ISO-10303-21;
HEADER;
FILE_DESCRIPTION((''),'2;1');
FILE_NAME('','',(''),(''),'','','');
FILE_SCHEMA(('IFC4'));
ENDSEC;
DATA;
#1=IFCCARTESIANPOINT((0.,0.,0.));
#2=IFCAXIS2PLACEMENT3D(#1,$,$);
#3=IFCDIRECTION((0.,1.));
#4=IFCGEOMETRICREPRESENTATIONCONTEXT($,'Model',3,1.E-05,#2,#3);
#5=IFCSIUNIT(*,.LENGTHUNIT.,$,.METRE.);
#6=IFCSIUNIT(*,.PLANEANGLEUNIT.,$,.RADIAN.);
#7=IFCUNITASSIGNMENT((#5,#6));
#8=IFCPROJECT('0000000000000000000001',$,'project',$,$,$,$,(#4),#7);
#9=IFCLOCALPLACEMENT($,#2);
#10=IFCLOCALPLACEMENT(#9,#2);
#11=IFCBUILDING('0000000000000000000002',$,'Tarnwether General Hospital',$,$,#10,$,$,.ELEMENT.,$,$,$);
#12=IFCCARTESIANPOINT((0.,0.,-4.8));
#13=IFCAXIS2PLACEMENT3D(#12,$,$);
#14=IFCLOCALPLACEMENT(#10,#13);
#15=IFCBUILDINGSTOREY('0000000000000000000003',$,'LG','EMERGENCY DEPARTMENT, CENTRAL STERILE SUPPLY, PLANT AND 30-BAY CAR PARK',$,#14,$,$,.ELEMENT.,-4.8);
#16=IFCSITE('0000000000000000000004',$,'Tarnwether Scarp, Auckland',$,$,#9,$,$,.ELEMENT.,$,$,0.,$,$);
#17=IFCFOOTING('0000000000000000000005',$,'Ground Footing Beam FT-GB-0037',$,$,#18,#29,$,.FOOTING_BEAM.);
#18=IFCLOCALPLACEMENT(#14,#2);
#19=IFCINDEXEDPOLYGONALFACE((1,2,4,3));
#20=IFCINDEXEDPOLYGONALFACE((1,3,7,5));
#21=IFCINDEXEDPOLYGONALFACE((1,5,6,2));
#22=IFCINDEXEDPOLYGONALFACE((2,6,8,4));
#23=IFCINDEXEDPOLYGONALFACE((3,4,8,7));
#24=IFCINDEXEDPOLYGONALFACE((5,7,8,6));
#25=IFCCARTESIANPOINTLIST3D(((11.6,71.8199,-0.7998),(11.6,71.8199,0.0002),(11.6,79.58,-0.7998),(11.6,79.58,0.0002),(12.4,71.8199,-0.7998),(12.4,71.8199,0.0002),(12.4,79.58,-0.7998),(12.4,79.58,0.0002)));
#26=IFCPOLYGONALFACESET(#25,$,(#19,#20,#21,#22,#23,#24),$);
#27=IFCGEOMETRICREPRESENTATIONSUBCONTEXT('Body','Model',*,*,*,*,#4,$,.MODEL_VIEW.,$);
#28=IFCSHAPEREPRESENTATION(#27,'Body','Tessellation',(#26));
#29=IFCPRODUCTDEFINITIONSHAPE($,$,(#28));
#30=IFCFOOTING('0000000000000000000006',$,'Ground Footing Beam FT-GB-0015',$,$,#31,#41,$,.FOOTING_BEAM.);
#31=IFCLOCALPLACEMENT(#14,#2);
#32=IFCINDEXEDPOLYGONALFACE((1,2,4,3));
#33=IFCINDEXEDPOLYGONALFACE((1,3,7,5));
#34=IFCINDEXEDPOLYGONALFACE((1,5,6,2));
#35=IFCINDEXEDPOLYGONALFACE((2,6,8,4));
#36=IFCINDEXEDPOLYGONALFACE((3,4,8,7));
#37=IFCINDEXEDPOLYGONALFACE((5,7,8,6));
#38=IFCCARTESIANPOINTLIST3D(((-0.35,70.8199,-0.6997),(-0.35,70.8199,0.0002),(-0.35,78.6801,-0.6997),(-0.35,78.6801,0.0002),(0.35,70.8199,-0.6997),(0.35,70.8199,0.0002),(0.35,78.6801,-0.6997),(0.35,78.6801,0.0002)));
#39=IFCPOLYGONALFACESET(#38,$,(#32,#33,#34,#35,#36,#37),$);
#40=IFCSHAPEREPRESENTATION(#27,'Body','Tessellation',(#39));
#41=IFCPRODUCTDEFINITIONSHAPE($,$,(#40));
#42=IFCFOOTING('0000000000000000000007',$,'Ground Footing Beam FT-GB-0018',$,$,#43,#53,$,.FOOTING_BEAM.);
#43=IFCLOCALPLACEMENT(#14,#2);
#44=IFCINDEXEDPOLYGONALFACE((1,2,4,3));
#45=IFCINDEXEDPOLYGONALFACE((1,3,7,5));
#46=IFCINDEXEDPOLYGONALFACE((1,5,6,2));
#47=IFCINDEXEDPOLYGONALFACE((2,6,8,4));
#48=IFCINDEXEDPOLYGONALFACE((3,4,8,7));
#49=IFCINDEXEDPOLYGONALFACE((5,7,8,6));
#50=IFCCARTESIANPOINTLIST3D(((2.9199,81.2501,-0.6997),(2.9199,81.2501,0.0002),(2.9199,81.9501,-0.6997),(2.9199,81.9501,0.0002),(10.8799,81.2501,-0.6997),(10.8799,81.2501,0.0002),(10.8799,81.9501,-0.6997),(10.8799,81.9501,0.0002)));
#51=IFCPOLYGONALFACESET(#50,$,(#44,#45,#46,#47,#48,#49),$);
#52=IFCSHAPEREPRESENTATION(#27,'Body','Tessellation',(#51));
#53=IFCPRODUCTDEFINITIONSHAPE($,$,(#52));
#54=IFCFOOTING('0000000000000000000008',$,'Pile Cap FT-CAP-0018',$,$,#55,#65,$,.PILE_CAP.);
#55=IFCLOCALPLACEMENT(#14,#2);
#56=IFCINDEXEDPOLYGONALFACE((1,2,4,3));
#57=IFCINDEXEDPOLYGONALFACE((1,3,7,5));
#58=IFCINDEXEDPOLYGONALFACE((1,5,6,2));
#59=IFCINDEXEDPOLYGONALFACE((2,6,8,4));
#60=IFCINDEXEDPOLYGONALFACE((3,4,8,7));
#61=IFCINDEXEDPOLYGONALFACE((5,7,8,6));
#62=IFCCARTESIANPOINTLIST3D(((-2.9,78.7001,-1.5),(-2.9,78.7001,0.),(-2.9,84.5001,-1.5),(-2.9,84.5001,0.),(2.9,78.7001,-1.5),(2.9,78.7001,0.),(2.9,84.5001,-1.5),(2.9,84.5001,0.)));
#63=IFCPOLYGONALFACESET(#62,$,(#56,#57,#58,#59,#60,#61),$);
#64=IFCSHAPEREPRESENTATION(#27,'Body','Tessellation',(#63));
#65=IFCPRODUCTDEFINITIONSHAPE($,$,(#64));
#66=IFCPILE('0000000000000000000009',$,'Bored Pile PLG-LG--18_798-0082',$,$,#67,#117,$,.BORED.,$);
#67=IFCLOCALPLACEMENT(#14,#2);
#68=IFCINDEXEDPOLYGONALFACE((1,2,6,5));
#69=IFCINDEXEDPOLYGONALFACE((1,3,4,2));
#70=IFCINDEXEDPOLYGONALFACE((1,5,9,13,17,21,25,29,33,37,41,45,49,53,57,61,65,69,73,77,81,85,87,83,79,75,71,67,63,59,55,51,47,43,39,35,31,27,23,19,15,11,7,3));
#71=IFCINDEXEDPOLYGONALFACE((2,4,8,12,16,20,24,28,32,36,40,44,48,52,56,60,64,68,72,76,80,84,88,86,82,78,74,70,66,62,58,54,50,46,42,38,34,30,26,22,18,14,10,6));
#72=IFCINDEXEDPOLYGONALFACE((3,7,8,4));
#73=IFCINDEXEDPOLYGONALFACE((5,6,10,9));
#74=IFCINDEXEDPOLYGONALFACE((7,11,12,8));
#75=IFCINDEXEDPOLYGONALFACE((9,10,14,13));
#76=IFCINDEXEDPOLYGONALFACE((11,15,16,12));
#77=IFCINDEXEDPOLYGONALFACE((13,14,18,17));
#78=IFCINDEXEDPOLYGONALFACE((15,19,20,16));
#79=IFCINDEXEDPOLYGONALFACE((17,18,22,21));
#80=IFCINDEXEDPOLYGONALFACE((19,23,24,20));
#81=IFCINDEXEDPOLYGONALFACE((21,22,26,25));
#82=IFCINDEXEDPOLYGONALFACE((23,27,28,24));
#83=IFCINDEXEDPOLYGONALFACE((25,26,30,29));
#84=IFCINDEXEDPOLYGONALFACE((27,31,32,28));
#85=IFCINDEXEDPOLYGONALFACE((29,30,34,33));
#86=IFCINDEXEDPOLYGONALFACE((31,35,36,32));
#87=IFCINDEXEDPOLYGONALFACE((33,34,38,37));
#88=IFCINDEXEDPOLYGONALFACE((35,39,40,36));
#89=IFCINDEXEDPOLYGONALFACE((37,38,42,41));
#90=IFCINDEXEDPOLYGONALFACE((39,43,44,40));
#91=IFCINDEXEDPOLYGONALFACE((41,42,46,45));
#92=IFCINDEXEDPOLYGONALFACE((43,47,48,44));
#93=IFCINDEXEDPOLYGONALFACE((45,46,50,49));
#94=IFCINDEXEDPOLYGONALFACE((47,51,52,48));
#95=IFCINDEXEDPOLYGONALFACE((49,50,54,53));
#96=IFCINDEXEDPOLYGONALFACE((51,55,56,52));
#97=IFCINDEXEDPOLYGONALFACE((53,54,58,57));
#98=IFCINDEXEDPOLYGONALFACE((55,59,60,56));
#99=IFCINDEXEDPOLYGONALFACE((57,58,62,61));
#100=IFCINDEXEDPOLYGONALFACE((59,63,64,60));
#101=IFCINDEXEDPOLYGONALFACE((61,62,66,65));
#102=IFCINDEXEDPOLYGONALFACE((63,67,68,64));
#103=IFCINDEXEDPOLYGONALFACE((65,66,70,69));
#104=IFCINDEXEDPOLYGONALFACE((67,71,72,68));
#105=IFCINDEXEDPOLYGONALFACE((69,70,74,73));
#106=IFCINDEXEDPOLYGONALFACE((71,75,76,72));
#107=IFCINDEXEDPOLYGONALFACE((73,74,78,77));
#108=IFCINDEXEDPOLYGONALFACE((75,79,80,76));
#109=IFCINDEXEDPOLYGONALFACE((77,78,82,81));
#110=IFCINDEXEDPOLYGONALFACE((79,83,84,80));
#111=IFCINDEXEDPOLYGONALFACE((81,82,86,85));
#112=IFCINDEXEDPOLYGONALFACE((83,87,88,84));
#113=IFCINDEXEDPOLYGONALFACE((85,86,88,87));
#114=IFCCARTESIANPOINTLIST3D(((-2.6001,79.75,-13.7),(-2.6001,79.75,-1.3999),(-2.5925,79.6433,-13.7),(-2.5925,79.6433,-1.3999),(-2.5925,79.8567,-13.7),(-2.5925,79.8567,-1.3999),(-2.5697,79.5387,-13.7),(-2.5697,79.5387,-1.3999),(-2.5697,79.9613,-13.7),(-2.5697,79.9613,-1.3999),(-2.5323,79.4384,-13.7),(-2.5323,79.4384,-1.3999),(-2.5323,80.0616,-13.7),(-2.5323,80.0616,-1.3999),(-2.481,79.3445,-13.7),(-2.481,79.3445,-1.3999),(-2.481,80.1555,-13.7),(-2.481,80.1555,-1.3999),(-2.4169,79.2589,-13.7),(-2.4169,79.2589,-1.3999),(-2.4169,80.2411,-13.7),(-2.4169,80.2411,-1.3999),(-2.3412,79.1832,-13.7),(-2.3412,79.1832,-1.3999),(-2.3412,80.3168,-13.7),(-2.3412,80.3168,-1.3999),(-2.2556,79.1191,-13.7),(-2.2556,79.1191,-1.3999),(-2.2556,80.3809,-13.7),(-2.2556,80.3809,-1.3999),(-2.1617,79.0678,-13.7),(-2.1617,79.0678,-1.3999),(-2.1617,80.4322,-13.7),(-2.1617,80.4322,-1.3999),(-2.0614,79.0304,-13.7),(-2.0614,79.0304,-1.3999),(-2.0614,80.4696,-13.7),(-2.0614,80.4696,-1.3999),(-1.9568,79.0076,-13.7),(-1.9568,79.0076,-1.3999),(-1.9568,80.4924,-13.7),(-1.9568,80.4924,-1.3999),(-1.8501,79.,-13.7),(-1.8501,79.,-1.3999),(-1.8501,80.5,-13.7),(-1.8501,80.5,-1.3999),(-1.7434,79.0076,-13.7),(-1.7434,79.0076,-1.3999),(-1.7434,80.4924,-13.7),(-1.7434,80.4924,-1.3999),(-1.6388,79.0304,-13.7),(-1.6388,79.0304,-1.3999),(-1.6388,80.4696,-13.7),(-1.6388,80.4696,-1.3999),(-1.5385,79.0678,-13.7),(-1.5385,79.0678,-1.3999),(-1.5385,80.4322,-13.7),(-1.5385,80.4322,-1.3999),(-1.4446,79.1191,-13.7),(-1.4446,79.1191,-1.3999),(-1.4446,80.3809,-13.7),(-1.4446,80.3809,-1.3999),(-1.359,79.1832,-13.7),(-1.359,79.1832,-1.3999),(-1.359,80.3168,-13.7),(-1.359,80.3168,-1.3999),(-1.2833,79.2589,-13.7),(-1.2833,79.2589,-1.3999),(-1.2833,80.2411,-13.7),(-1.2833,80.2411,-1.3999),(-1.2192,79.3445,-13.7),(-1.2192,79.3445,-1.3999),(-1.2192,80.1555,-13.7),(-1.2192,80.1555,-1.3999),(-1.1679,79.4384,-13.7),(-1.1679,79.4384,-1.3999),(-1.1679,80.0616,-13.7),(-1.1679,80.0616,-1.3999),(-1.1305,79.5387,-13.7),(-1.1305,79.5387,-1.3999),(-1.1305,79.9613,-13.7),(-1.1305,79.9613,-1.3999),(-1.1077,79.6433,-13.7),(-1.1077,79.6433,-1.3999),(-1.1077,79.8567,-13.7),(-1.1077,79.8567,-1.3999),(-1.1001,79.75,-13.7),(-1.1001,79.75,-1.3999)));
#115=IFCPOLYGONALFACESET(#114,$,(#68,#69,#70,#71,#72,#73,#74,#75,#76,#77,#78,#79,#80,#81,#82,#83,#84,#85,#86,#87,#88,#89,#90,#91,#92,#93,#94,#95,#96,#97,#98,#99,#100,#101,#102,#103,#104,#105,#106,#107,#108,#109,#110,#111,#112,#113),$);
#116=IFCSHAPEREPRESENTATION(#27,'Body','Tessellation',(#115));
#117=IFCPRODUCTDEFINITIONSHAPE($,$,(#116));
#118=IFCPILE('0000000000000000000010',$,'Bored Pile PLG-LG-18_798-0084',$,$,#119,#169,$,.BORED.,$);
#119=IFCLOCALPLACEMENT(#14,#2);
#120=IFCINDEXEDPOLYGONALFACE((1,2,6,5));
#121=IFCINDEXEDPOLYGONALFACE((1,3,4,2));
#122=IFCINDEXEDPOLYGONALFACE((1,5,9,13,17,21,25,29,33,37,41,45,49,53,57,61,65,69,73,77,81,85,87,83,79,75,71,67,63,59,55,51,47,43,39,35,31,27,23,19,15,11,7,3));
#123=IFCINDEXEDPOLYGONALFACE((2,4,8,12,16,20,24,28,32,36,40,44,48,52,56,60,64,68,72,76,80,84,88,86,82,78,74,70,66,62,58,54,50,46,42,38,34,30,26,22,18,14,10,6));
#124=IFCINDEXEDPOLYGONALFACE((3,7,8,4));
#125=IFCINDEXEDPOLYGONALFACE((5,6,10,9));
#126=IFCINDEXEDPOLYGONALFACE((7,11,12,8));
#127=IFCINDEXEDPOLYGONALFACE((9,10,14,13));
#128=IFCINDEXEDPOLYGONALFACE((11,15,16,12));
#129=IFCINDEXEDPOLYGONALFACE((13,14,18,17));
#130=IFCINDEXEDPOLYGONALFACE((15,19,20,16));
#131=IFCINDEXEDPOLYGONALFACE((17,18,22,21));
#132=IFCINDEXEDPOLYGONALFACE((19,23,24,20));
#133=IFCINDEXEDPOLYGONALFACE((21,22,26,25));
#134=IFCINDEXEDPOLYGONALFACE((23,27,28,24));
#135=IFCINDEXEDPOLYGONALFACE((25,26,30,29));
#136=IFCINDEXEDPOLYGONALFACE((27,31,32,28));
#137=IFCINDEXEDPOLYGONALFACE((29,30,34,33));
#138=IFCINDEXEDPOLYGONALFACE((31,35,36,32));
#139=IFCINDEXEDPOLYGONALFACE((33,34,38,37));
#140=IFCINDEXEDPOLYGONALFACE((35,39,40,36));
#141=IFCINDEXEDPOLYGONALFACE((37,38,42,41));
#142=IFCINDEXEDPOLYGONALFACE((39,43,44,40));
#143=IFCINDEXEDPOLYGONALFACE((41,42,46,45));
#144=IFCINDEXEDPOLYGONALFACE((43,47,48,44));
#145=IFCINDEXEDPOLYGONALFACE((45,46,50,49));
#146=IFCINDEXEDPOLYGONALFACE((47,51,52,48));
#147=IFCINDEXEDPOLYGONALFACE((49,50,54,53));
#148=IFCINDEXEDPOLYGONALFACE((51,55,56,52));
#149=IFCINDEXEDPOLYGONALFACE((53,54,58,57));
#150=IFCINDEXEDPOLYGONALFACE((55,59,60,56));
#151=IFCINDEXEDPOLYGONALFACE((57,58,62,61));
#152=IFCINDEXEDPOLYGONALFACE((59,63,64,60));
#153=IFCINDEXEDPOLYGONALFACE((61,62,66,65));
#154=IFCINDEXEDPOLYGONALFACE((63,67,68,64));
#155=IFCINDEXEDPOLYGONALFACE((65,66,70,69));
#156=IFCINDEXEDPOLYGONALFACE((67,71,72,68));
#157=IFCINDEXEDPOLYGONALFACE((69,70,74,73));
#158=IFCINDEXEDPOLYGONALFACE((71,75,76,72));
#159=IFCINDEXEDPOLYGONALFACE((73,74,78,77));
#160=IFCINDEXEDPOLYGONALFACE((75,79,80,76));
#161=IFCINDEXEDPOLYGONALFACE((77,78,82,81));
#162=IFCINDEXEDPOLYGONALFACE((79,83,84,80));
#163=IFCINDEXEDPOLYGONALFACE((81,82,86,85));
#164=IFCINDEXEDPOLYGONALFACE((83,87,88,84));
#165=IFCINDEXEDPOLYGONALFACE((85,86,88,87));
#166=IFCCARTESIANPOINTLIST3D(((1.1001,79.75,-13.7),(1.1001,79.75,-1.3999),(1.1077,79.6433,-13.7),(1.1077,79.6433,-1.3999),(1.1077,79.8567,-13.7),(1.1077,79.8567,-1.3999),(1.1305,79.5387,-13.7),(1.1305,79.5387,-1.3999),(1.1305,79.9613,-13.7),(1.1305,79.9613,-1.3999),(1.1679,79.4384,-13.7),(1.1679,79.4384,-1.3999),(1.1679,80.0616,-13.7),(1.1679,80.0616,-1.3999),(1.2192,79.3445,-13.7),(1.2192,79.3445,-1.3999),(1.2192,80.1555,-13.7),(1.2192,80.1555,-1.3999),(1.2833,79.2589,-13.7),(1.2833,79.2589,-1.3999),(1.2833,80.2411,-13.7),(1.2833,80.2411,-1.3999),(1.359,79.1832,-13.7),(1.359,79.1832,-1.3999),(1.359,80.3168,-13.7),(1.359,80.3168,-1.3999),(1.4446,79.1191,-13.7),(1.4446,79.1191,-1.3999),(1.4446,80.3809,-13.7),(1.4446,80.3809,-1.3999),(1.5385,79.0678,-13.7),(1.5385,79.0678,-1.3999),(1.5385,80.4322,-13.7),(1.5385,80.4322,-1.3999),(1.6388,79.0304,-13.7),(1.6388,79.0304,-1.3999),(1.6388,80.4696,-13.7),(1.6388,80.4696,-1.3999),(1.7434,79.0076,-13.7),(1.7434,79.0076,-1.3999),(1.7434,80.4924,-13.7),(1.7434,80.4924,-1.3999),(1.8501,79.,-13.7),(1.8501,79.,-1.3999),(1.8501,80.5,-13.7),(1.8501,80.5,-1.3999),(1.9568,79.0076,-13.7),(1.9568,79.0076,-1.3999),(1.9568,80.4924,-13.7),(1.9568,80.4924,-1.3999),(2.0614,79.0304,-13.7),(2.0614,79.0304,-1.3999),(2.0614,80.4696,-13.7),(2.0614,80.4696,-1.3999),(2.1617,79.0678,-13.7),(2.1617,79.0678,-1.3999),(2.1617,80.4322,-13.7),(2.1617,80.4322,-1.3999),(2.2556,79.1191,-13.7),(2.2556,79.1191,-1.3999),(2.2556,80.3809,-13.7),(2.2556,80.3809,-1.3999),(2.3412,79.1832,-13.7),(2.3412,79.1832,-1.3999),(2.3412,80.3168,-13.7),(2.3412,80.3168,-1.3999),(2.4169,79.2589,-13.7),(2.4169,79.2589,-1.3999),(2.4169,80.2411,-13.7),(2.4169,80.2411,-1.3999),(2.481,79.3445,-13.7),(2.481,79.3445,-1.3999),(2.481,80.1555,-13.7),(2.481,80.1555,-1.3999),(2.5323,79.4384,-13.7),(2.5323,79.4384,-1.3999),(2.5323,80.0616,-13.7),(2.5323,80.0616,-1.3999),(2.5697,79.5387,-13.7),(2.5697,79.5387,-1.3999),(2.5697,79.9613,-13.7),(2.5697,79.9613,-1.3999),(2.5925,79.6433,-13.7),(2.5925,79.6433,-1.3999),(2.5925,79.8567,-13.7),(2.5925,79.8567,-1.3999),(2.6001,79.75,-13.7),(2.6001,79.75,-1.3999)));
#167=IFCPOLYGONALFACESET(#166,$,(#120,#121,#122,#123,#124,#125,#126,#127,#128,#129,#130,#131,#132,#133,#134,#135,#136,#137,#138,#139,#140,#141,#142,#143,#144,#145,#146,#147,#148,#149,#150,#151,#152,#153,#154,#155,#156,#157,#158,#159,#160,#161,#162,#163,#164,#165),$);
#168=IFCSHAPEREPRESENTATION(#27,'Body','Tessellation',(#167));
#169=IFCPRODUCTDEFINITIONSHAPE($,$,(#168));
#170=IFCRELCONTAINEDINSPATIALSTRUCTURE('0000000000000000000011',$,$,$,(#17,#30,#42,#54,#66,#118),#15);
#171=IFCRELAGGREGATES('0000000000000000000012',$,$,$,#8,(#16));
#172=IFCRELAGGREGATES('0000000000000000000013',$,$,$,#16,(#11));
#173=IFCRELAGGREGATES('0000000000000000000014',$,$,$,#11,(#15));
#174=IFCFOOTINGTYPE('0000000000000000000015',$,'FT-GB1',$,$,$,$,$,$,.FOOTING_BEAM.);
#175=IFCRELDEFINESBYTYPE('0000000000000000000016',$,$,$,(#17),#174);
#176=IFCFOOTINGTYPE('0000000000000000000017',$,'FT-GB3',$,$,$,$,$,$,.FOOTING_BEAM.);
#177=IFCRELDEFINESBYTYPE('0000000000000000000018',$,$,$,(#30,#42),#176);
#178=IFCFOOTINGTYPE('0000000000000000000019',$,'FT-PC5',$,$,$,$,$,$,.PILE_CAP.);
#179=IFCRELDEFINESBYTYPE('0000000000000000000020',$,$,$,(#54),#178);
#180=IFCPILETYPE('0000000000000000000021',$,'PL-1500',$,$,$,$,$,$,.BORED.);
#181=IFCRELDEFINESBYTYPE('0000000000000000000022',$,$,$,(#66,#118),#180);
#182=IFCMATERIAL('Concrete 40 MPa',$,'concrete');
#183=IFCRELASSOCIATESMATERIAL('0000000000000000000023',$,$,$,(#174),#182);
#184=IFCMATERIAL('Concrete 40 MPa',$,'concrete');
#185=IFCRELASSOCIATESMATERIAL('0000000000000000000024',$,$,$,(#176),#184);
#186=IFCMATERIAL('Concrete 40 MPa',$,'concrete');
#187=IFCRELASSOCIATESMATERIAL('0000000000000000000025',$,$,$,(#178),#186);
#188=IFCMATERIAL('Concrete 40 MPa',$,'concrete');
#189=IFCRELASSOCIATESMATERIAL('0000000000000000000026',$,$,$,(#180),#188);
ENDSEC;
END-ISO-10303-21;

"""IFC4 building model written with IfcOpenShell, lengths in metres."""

from ifc_helpers import new_model, si_unit, direction, frame, origin, origin_2d, place, context, subcontext, project, spatial, rectangle, circle, extrude, material, material_profile, profile_set, type_object, element, save


model = new_model("IFC4")

# Units and contexts
model_context = context("Model", 3, precision=1e-05, world=origin(), true_north=direction((0.0, 1.0)))
body_context = subcontext(model_context, "Body", "Model", "MODEL_VIEW")
ifc_project = project(units=[si_unit("LENGTHUNIT", "METRE"), si_unit("PLANEANGLEUNIT", "RADIAN")], contexts=[model_context])

# Site, building, storey
site_placement = place(None, origin())
site = spatial("IfcSite", under=ifc_project, at=site_placement, Name="Tarnwether Scarp, Auckland", CompositionType="ELEMENT", RefElevation=0.0)
building_placement = place(site_placement, origin())
building = spatial("IfcBuilding", under=site, at=building_placement, Name="Tarnwether General Hospital", CompositionType="ELEMENT")
storey_placement = place(building_placement, frame((0.0, 0.0, -4.8)))
storey = spatial("IfcBuildingStorey", under=building, at=storey_placement, Name="LG", Description="EMERGENCY DEPARTMENT, CENTRAL STERILE SUPPLY, PLANT AND 30-BAY CAR PARK", CompositionType="ELEMENT", Elevation=-4.8)

# Footings
ifc_material_1 = material(Name="Concrete 40 MPa", Category="concrete")
footing_type_1 = type_object("IfcFootingType", Name="FT-GB1", PredefinedType="FOOTING_BEAM", material=ifc_material_1)
footing_1_placement = place(storey_placement, frame((12.0, 75.7, -0.7998), z_axis=(0.0, 0.0, 1.0), x_axis=(0.0, 1.0, 0.0)))
element("IfcFooting", 1, at=footing_1_placement, inside=storey, type_object=footing_type_1, Name="Ground Footing Beam FT-GB-0037", PredefinedType="FOOTING_BEAM", context=body_context, shape_type="SweptSolid", body=[
    extrude(rectangle(XDim=7.76, YDim=0.8, at=origin_2d()), origin(), (0.0, 0.0, 1.0), 0.8),
])
ifc_material_2 = material(Name="Concrete 40 MPa", Category="concrete")
footing_type_2 = type_object("IfcFootingType", Name="FT-GB3", PredefinedType="FOOTING_BEAM", material=ifc_material_2)
footing_2_placement = place(storey_placement, frame((0.0, 74.75, -0.6997), z_axis=(0.0, 0.0, 1.0), x_axis=(0.0, 1.0, 0.0)))
element("IfcFooting", 2, at=footing_2_placement, inside=storey, type_object=footing_type_2, Name="Ground Footing Beam FT-GB-0015", PredefinedType="FOOTING_BEAM", context=body_context, shape_type="SweptSolid", body=[
    extrude(rectangle(XDim=7.8601, YDim=0.7, at=origin_2d()), origin(), (0.0, 0.0, 1.0), 0.7),
])
footing_3_placement = place(storey_placement, frame((6.8999, 81.6001, -0.6997), z_axis=(0.0, 0.0, 1.0), x_axis=(1.0, 0.0, 0.0)))
element("IfcFooting", 3, at=footing_3_placement, inside=storey, type_object=footing_type_2, Name="Ground Footing Beam FT-GB-0018", PredefinedType="FOOTING_BEAM", context=body_context, shape_type="SweptSolid", body=[
    extrude(rectangle(XDim=7.96, YDim=0.7, at=origin_2d()), origin(), (0.0, 0.0, 1.0), 0.7),
])
ifc_material_3 = material(Name="Concrete 40 MPa", Category="concrete")
footing_type_3 = type_object("IfcFootingType", Name="FT-PC5", PredefinedType="PILE_CAP", material=ifc_material_3)
footing_4_placement = place(storey_placement, frame((0.0, 81.6001, -1.5), z_axis=(0.0, 0.0, 1.0), x_axis=(1.0, 0.0, 0.0)))
element("IfcFooting", 4, at=footing_4_placement, inside=storey, type_object=footing_type_3, Name="Pile Cap FT-CAP-0018", PredefinedType="PILE_CAP", context=body_context, shape_type="SweptSolid", body=[
    extrude(rectangle(XDim=5.8, YDim=5.8, at=origin_2d()), origin(), (0.0, 0.0, 1.0), 1.5),
])

# Piles
ifc_material_4 = material(Name="Concrete 40 MPa", Category="concrete")
ifc_material_profile_1 = material_profile(ifc_material_4, circle(Radius=0.75, at=origin_2d()), Name="PILE-D1500")
ifc_profile_set_1 = profile_set([ifc_material_profile_1], Name="Concrete 40 MPa")
pile_type_1 = type_object("IfcPileType", Name="PL-1500", PredefinedType="BORED", material=ifc_profile_set_1)
for number, where, z_axis, x_axis, name in (
    (5, (-1.8501, 79.75, -1.3999), (0.0, 0.0, -1.0), (1.0, 0.0, 0.0), "Bored Pile PLG-LG--18_798-0082"),
    (6, (1.8501, 79.75, -1.3999), (0.0, 0.0, -1.0), (1.0, 0.0, 0.0), "Bored Pile PLG-LG-18_798-0084"),
):
    element("IfcPile", number, at=place(storey_placement, frame(where, z_axis=z_axis, x_axis=x_axis)), inside=storey, type_object=pile_type_1, Name=name, PredefinedType="BORED", context=body_context, shape_type="SweptSolid", body=[
        extrude(circle(Radius=0.75, at=origin_2d()), origin(), (0.0, 0.0, 1.0), 12.3),
    ])

save(model, "model.ifc")
